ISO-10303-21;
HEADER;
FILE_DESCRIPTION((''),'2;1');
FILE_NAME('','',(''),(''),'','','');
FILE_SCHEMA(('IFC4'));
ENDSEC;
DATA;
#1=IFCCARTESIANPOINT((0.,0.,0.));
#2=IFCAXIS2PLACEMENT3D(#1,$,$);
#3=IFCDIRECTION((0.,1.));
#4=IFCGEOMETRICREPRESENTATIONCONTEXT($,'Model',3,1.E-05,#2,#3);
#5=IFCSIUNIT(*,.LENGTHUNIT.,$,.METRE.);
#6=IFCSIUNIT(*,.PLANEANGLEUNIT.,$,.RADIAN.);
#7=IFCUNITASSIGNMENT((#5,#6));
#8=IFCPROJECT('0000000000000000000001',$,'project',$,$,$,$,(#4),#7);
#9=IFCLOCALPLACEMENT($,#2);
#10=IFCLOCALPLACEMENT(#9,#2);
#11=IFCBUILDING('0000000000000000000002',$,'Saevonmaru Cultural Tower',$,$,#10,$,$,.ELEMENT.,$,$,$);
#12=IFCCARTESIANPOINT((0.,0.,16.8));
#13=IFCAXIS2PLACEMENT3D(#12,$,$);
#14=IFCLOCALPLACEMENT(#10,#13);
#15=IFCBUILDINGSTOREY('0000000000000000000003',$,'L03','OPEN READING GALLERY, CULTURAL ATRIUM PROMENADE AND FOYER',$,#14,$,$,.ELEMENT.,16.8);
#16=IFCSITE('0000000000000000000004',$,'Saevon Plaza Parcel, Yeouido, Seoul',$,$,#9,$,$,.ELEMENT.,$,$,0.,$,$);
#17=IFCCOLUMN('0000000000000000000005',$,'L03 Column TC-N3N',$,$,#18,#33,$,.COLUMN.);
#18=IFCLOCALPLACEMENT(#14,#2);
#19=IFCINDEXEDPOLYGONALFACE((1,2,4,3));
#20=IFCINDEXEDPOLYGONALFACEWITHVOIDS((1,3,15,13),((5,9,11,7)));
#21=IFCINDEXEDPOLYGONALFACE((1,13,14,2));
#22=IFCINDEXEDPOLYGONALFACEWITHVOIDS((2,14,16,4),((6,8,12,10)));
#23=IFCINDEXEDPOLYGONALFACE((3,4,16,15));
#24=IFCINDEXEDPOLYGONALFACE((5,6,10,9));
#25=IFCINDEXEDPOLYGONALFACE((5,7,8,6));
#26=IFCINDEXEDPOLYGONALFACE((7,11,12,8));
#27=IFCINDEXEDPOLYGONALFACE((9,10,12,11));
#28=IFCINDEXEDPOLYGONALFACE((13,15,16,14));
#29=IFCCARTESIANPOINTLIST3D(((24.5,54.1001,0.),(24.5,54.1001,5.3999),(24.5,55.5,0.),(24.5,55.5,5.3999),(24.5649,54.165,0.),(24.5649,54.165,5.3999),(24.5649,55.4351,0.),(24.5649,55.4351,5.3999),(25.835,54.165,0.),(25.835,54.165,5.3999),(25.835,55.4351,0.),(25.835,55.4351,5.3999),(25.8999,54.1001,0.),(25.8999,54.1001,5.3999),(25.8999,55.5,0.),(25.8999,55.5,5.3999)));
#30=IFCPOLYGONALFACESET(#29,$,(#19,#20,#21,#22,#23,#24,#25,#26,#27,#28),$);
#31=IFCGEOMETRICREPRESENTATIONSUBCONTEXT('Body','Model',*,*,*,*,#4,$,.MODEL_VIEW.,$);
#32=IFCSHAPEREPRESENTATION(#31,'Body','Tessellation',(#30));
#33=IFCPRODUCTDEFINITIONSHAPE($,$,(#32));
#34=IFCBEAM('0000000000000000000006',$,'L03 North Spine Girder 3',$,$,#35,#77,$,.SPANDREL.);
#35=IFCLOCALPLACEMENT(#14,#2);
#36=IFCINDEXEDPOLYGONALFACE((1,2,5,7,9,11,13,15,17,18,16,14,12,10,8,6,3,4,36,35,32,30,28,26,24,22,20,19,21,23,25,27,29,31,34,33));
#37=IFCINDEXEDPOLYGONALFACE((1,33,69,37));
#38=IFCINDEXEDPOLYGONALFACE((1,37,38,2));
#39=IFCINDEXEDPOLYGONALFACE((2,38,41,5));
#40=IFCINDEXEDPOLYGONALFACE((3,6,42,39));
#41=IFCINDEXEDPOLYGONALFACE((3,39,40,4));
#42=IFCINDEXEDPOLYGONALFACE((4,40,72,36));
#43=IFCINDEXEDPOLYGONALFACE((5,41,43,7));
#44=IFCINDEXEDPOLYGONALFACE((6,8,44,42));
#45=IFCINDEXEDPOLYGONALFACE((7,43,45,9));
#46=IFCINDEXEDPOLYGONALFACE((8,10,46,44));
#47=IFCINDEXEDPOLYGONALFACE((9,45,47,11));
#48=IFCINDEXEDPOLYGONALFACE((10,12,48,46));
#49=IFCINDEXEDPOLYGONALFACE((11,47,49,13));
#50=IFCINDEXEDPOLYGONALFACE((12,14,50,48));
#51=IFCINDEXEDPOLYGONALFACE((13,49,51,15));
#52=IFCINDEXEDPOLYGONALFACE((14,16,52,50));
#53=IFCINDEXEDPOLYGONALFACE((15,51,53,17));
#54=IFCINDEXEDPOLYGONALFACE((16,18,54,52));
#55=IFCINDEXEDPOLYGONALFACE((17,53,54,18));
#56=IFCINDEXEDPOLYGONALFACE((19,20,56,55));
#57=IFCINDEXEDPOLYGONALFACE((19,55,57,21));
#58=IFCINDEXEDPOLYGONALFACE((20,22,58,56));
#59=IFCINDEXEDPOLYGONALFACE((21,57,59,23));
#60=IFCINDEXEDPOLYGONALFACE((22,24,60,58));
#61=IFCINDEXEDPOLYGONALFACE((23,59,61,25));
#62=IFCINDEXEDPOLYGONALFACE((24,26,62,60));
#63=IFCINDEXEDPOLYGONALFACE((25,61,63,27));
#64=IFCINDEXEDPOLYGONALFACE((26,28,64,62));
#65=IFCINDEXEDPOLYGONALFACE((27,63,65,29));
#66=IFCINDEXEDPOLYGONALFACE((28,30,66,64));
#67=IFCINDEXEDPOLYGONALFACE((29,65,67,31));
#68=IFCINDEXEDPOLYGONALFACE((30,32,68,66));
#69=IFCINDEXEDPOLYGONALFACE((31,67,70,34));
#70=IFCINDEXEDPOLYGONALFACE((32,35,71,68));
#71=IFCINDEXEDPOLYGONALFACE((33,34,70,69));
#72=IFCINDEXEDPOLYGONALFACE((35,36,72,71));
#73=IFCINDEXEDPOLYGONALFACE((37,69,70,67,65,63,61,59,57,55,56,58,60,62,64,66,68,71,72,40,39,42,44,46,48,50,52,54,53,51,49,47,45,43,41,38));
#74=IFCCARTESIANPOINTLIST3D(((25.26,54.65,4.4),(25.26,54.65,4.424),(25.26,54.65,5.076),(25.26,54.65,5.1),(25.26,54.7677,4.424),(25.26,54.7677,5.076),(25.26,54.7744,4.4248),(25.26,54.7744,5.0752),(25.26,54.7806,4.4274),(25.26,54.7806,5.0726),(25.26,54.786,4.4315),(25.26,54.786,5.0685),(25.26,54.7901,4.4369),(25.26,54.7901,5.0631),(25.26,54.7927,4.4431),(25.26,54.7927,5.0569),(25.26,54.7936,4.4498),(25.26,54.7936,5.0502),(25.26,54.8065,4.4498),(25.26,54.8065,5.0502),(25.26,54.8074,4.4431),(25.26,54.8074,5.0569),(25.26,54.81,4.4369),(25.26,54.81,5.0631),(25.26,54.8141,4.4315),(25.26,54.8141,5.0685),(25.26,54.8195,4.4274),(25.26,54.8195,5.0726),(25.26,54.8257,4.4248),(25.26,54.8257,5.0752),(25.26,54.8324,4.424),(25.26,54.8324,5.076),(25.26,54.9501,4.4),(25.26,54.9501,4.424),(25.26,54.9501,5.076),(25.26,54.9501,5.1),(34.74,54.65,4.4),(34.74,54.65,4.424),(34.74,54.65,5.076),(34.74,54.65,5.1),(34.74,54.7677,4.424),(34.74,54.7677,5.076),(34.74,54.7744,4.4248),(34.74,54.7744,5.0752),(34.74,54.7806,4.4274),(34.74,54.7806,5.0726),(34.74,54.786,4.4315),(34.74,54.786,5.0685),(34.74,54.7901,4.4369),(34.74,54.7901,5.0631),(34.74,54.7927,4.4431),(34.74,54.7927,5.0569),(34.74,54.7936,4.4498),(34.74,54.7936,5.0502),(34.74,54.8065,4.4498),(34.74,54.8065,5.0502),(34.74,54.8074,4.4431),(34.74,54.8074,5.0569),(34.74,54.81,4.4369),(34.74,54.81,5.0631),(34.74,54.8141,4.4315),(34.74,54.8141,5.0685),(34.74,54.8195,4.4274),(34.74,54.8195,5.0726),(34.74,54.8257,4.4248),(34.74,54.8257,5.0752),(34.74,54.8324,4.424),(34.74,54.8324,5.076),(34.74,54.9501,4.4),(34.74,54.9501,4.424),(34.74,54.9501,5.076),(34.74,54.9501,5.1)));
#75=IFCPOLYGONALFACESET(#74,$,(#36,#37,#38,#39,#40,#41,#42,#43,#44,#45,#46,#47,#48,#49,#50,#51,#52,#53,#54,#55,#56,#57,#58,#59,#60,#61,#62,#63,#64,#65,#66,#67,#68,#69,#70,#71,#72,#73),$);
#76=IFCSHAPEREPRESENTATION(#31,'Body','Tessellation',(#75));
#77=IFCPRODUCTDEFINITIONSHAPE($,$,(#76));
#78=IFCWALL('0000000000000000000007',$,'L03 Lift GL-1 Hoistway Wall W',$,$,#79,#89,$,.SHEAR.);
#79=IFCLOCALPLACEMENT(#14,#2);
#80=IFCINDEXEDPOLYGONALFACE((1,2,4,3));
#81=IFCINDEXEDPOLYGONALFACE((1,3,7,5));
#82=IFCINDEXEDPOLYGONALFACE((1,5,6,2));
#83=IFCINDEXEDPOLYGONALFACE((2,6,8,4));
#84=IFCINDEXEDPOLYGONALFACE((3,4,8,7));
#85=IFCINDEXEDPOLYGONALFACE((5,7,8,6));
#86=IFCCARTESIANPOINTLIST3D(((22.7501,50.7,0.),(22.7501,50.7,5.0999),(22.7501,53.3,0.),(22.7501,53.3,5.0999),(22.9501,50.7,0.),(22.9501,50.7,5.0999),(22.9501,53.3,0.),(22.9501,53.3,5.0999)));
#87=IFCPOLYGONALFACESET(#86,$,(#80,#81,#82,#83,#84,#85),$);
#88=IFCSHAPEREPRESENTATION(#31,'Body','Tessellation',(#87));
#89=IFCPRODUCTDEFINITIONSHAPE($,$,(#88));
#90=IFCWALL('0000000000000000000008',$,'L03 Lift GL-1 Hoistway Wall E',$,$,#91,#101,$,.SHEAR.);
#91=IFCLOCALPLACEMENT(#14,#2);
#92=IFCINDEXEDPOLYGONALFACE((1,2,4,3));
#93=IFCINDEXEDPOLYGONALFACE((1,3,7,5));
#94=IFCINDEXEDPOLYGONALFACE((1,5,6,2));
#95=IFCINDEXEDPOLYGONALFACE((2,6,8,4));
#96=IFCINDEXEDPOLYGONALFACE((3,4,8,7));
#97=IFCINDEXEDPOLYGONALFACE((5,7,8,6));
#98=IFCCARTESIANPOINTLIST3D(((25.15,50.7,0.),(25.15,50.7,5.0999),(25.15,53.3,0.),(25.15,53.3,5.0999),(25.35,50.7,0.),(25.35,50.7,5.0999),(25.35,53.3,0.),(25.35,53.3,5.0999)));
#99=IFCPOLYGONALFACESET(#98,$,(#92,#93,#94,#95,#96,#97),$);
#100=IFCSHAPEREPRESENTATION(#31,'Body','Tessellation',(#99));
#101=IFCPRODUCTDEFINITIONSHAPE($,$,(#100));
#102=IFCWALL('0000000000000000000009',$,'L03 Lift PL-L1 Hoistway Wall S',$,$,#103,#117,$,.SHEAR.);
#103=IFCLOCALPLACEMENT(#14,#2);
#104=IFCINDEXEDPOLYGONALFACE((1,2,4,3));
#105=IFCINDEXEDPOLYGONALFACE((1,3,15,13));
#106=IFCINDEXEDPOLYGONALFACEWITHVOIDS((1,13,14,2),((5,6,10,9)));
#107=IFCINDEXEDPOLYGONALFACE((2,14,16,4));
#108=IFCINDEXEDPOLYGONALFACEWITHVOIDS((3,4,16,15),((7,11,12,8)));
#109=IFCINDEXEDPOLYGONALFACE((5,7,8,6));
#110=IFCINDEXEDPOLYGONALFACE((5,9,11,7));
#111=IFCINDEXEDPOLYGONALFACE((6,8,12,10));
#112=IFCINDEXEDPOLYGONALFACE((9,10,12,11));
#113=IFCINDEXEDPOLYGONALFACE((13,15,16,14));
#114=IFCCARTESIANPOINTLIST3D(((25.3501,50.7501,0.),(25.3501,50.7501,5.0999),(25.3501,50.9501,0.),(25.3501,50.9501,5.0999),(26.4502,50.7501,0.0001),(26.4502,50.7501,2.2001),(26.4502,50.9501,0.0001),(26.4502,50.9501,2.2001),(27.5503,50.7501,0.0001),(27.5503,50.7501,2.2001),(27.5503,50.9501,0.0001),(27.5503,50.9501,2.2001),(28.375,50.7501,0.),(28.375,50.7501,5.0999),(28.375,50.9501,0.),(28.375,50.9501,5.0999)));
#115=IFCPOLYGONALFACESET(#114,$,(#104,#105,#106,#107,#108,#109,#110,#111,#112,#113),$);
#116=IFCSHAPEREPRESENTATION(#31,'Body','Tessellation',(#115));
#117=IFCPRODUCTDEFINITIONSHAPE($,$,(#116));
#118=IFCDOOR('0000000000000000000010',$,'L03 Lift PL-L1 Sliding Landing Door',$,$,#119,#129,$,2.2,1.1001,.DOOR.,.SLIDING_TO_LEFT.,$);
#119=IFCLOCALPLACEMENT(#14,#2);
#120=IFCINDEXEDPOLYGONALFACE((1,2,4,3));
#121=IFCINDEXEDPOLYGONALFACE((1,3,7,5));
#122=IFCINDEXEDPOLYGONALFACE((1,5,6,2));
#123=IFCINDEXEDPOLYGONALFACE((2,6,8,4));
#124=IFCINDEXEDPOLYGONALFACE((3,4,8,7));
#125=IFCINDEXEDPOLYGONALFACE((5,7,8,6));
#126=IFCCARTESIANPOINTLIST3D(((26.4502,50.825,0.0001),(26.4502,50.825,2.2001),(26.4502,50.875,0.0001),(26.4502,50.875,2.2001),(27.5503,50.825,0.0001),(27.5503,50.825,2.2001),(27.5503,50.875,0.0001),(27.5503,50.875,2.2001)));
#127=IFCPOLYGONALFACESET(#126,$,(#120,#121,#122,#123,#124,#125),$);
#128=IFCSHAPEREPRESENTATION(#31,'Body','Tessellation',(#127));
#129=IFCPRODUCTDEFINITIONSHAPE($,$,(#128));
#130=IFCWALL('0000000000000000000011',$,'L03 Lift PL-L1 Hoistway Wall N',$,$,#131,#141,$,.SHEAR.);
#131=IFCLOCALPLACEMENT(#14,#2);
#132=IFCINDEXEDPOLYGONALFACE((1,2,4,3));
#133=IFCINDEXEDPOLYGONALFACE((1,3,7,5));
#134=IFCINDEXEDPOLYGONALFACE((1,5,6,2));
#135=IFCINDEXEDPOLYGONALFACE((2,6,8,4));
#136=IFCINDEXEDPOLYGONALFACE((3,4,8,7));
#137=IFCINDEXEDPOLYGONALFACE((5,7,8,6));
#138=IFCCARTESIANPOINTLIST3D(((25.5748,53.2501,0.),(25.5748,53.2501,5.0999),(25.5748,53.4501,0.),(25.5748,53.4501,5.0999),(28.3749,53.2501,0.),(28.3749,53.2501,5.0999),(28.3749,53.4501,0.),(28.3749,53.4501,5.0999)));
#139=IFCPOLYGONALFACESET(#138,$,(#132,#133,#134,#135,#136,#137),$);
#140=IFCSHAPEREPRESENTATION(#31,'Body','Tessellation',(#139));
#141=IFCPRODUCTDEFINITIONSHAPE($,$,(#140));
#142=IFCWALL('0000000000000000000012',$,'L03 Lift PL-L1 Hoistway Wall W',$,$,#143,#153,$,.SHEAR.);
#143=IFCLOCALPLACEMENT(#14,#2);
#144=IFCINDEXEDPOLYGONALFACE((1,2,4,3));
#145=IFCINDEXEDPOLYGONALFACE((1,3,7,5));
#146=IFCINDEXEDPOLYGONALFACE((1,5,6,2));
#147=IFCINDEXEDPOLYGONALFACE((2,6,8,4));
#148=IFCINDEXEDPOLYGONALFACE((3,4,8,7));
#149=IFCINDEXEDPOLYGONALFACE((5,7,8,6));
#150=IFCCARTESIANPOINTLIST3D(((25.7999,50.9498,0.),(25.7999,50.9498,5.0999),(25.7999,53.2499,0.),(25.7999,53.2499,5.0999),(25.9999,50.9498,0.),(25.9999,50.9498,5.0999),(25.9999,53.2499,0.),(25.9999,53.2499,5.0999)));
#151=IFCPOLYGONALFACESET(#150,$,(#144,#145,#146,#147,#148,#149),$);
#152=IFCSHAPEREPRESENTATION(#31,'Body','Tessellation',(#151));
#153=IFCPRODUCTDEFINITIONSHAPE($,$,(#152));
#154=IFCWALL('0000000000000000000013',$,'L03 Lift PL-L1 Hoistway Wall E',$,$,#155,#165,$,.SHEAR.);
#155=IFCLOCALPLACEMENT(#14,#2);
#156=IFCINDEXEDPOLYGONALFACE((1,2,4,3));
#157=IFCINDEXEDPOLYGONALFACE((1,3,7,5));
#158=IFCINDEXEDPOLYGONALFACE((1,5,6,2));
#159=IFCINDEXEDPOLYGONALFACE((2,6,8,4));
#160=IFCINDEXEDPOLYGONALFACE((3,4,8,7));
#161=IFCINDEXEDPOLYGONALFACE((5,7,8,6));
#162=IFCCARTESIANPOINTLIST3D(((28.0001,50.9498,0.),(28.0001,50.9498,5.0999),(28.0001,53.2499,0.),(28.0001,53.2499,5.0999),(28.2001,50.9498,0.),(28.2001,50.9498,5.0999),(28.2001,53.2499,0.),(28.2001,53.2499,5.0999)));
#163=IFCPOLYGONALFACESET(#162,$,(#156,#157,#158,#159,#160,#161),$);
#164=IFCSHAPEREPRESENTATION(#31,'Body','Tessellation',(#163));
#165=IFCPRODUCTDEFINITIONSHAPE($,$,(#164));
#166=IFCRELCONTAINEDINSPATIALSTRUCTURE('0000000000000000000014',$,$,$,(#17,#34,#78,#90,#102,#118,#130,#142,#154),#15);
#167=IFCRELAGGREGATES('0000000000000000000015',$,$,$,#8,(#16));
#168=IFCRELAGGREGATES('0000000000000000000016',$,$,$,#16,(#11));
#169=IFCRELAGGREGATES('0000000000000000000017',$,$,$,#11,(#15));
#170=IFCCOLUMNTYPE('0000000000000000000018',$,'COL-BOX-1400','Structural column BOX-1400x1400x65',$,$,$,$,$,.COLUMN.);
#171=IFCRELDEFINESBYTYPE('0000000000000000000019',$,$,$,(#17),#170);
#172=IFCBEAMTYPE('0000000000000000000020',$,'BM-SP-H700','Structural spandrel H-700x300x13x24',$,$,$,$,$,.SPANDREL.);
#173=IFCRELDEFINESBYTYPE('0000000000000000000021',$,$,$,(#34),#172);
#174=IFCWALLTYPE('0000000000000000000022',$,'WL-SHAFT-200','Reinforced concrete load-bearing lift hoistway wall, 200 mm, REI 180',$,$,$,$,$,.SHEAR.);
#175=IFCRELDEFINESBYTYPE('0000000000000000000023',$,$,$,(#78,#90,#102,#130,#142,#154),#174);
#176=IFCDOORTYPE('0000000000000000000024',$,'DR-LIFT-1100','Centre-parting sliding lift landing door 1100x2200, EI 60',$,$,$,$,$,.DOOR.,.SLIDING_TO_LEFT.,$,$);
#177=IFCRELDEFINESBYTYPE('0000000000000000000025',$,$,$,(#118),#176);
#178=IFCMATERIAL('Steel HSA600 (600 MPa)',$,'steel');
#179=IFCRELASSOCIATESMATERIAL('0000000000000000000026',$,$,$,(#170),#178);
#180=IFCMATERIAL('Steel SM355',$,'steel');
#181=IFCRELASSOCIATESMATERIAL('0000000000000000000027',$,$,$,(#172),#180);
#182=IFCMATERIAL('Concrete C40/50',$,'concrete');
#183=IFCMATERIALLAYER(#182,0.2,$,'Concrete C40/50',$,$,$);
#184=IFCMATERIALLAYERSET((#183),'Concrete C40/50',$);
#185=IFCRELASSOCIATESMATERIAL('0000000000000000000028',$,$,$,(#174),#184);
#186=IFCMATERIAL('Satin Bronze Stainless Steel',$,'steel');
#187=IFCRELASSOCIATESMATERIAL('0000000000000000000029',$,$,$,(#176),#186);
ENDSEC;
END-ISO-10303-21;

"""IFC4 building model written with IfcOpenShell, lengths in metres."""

from ifc_helpers import new_model, si_unit, direction, frame, frame_2d, origin, origin_2d, place, context, subcontext, project, spatial, rectangle, hollow_rectangle, i_section, extrude, material, layer, layer_set, material_profile, profile_set, type_object, element, fill, save


model = new_model("IFC4")

# Units and contexts
model_context = context("Model", 3, precision=1e-05, world=origin(), true_north=direction((0.0, 1.0)))
body_context = subcontext(model_context, "Body", "Model", "MODEL_VIEW")
ifc_project = project(units=[si_unit("LENGTHUNIT", "METRE"), si_unit("PLANEANGLEUNIT", "RADIAN")], contexts=[model_context])

# Site, building, storey
site_placement = place(None, origin())
site = spatial("IfcSite", under=ifc_project, at=site_placement, Name="Saevon Plaza Parcel, Yeouido, Seoul", CompositionType="ELEMENT", RefElevation=0.0)
building_placement = place(site_placement, origin())
building = spatial("IfcBuilding", under=site, at=building_placement, Name="Saevonmaru Cultural Tower", CompositionType="ELEMENT")
storey_placement = place(building_placement, frame((0.0, 0.0, 16.8)))
storey = spatial("IfcBuildingStorey", under=building, at=storey_placement, Name="L03", Description="OPEN READING GALLERY, CULTURAL ATRIUM PROMENADE AND FOYER", CompositionType="ELEMENT", Elevation=16.8)

# Column
ifc_material_1 = material(Name="Steel HSA600 (600 MPa)", Category="steel")
ifc_material_profile_1 = material_profile(ifc_material_1, hollow_rectangle(XDim=1.3999, YDim=1.3999, WallThickness=0.0649, at=origin_2d()), Name="BOX-1400x1400x65")
ifc_profile_set_1 = profile_set([ifc_material_profile_1], Name="Steel HSA600 (600 MPa)")
column_type = type_object("IfcColumnType", Name="COL-BOX-1400", Description="Structural column BOX-1400x1400x65", PredefinedType="COLUMN", material=ifc_profile_set_1)
column_placement = place(storey_placement, frame((25.2, 54.8, 0.0), z_axis=(0.0, 0.0, 1.0), x_axis=(1.0, 0.0, 0.0)))
element("IfcColumn", 1, at=column_placement, inside=storey, type_object=column_type, Name="L03 Column TC-N3N", PredefinedType="COLUMN", context=body_context, shape_type="SweptSolid", body=[
    extrude(hollow_rectangle(XDim=1.3999, YDim=1.3999, WallThickness=0.0649, at=origin_2d()), origin(), (0.0, 0.0, 1.0), 5.3999),
])

# Beam
ifc_material_2 = material(Name="Steel SM355", Category="steel")
ifc_material_profile_2 = material_profile(ifc_material_2, i_section(OverallWidth=0.3, OverallDepth=0.7, WebThickness=0.0129, FlangeThickness=0.0239, FilletRadius=0.0259, at=origin_2d()), Name="H-700x300x13x24")
ifc_profile_set_2 = profile_set([ifc_material_profile_2], Name="Steel SM355")
beam_type = type_object("IfcBeamType", Name="BM-SP-H700", Description="Structural spandrel H-700x300x13x24", PredefinedType="SPANDREL", material=ifc_profile_set_2)
beam_placement = place(storey_placement, frame((25.26, 54.8, 4.75), z_axis=(1.0, 0.0, 0.0), x_axis=(0.0, 1.0, 0.0)))
element("IfcBeam", 2, at=beam_placement, inside=storey, type_object=beam_type, Name="L03 North Spine Girder 3", PredefinedType="SPANDREL", context=body_context, shape_type="SweptSolid", body=[
    extrude(i_section(OverallWidth=0.3, OverallDepth=0.7, WebThickness=0.0129, FlangeThickness=0.0239, FilletRadius=0.0259, at=origin_2d()), origin(), (0.0, 0.0, 1.0), 9.48),
])

# Walls
ifc_material_3 = material(Name="Concrete C40/50", Category="concrete")
ifc_layer = layer(ifc_material_3, 0.2, Name="Concrete C40/50")
ifc_layer_set = layer_set([ifc_layer], Name="Concrete C40/50")
wall_type = type_object("IfcWallType", Name="WL-SHAFT-200", Description="Reinforced concrete load-bearing lift hoistway wall, 200 mm, REI 180", PredefinedType="SHEAR", material=ifc_layer_set)
for number, where, z_axis, x_axis, name in (
    (3, (22.8501, 50.7, 0.0), (0.0, 0.0, 1.0), (0.0, 1.0, 0.0), "L03 Lift GL-1 Hoistway Wall W"),
    (4, (25.25, 50.7, 0.0), (0.0, 0.0, 1.0), (0.0, 1.0, 0.0), "L03 Lift GL-1 Hoistway Wall E"),
):
    element("IfcWall", number, at=place(storey_placement, frame(where, z_axis=z_axis, x_axis=x_axis)), inside=storey, type_object=wall_type, Name=name, PredefinedType="SHEAR", context=body_context, shape_type="SweptSolid", body=[
        extrude(rectangle(XDim=2.6001, YDim=0.2, at=frame_2d((1.3, 0.0))), origin(), (0.0, 0.0, 1.0), 5.0999),
    ])

# Wall, opening, door
wall_1_placement = place(storey_placement, frame((25.3501, 50.8501, 0.0), z_axis=(0.0, 0.0, 1.0), x_axis=(1.0, 0.0, 0.0)))
wall_1 = element("IfcWall", 5, at=wall_1_placement, inside=storey, type_object=wall_type, Name="L03 Lift PL-L1 Hoistway Wall S", PredefinedType="SHEAR", context=body_context, shape_type="SweptSolid", body=[
    extrude(rectangle(XDim=3.0249, YDim=0.2, at=frame_2d((1.5125, 0.0))), origin(), (0.0, 0.0, 1.0), 5.0999),
])
opening_1_placement = place(wall_1_placement, frame((1.1001, 0.0, 0.0)))
opening_1 = element("IfcOpeningElement", 6, at=opening_1_placement, cuts=wall_1, PredefinedType="OPENING", context=body_context, shape_type="SweptSolid", body=[
    extrude(rectangle(XDim=1.1001, YDim=2.2, at=frame_2d((0.55, 1.1001))), frame((0.0, 0.1099, 0.0), z_axis=(0.0, -1.0, 0.0), x_axis=(1.0, 0.0, 0.0)), (0.0, 0.0, 1.0), 0.22),
])
ifc_material_4 = material(Name="Satin Bronze Stainless Steel", Category="steel")
door_type = type_object("IfcDoorType", Name="DR-LIFT-1100", Description="Centre-parting sliding lift landing door 1100x2200, EI 60", OperationType="SLIDING_TO_LEFT", PredefinedType="DOOR", material=ifc_material_4)
door_1_placement = place(opening_1_placement, origin())
door_1 = element("IfcDoor", 7, at=door_1_placement, inside=storey, type_object=door_type, Name="L03 Lift PL-L1 Sliding Landing Door", OperationType="SLIDING_TO_LEFT", OverallHeight=2.2, OverallWidth=1.1001, PredefinedType="DOOR", context=body_context, shape_type="SweptSolid", body=[
    extrude(rectangle(XDim=1.1001, YDim=2.2, at=frame_2d((0.55, 1.1001))), frame((0.0, 0.0249, 0.0), z_axis=(0.0, -1.0, 0.0), x_axis=(1.0, 0.0, 0.0)), (0.0, 0.0, 1.0), 0.05),
])
fill(opening_1, door_1)

# Walls
wall_2_placement = place(storey_placement, frame((25.575, 53.3501, 0.0), z_axis=(0.0, 0.0, 1.0), x_axis=(1.0, 0.0, 0.0)))
element("IfcWall", 8, at=wall_2_placement, inside=storey, type_object=wall_type, Name="L03 Lift PL-L1 Hoistway Wall N", PredefinedType="SHEAR", context=body_context, shape_type="SweptSolid", body=[
    extrude(rectangle(XDim=2.8, YDim=0.2, at=frame_2d((1.3999, 0.0))), origin(), (0.0, 0.0, 1.0), 5.0999),
])
for number, where, z_axis, x_axis, name in (
    (9, (25.8999, 50.95, 0.0), (0.0, 0.0, 1.0), (0.0, 1.0, 0.0), "L03 Lift PL-L1 Hoistway Wall W"),
    (10, (28.1001, 50.95, 0.0), (0.0, 0.0, 1.0), (0.0, 1.0, 0.0), "L03 Lift PL-L1 Hoistway Wall E"),
):
    element("IfcWall", number, at=place(storey_placement, frame(where, z_axis=z_axis, x_axis=x_axis)), inside=storey, type_object=wall_type, Name=name, PredefinedType="SHEAR", context=body_context, shape_type="SweptSolid", body=[
        extrude(rectangle(XDim=2.3, YDim=0.2, at=frame_2d((1.1499, 0.0))), origin(), (0.0, 0.0, 1.0), 5.0999),
    ])

save(model, "model.ifc")
